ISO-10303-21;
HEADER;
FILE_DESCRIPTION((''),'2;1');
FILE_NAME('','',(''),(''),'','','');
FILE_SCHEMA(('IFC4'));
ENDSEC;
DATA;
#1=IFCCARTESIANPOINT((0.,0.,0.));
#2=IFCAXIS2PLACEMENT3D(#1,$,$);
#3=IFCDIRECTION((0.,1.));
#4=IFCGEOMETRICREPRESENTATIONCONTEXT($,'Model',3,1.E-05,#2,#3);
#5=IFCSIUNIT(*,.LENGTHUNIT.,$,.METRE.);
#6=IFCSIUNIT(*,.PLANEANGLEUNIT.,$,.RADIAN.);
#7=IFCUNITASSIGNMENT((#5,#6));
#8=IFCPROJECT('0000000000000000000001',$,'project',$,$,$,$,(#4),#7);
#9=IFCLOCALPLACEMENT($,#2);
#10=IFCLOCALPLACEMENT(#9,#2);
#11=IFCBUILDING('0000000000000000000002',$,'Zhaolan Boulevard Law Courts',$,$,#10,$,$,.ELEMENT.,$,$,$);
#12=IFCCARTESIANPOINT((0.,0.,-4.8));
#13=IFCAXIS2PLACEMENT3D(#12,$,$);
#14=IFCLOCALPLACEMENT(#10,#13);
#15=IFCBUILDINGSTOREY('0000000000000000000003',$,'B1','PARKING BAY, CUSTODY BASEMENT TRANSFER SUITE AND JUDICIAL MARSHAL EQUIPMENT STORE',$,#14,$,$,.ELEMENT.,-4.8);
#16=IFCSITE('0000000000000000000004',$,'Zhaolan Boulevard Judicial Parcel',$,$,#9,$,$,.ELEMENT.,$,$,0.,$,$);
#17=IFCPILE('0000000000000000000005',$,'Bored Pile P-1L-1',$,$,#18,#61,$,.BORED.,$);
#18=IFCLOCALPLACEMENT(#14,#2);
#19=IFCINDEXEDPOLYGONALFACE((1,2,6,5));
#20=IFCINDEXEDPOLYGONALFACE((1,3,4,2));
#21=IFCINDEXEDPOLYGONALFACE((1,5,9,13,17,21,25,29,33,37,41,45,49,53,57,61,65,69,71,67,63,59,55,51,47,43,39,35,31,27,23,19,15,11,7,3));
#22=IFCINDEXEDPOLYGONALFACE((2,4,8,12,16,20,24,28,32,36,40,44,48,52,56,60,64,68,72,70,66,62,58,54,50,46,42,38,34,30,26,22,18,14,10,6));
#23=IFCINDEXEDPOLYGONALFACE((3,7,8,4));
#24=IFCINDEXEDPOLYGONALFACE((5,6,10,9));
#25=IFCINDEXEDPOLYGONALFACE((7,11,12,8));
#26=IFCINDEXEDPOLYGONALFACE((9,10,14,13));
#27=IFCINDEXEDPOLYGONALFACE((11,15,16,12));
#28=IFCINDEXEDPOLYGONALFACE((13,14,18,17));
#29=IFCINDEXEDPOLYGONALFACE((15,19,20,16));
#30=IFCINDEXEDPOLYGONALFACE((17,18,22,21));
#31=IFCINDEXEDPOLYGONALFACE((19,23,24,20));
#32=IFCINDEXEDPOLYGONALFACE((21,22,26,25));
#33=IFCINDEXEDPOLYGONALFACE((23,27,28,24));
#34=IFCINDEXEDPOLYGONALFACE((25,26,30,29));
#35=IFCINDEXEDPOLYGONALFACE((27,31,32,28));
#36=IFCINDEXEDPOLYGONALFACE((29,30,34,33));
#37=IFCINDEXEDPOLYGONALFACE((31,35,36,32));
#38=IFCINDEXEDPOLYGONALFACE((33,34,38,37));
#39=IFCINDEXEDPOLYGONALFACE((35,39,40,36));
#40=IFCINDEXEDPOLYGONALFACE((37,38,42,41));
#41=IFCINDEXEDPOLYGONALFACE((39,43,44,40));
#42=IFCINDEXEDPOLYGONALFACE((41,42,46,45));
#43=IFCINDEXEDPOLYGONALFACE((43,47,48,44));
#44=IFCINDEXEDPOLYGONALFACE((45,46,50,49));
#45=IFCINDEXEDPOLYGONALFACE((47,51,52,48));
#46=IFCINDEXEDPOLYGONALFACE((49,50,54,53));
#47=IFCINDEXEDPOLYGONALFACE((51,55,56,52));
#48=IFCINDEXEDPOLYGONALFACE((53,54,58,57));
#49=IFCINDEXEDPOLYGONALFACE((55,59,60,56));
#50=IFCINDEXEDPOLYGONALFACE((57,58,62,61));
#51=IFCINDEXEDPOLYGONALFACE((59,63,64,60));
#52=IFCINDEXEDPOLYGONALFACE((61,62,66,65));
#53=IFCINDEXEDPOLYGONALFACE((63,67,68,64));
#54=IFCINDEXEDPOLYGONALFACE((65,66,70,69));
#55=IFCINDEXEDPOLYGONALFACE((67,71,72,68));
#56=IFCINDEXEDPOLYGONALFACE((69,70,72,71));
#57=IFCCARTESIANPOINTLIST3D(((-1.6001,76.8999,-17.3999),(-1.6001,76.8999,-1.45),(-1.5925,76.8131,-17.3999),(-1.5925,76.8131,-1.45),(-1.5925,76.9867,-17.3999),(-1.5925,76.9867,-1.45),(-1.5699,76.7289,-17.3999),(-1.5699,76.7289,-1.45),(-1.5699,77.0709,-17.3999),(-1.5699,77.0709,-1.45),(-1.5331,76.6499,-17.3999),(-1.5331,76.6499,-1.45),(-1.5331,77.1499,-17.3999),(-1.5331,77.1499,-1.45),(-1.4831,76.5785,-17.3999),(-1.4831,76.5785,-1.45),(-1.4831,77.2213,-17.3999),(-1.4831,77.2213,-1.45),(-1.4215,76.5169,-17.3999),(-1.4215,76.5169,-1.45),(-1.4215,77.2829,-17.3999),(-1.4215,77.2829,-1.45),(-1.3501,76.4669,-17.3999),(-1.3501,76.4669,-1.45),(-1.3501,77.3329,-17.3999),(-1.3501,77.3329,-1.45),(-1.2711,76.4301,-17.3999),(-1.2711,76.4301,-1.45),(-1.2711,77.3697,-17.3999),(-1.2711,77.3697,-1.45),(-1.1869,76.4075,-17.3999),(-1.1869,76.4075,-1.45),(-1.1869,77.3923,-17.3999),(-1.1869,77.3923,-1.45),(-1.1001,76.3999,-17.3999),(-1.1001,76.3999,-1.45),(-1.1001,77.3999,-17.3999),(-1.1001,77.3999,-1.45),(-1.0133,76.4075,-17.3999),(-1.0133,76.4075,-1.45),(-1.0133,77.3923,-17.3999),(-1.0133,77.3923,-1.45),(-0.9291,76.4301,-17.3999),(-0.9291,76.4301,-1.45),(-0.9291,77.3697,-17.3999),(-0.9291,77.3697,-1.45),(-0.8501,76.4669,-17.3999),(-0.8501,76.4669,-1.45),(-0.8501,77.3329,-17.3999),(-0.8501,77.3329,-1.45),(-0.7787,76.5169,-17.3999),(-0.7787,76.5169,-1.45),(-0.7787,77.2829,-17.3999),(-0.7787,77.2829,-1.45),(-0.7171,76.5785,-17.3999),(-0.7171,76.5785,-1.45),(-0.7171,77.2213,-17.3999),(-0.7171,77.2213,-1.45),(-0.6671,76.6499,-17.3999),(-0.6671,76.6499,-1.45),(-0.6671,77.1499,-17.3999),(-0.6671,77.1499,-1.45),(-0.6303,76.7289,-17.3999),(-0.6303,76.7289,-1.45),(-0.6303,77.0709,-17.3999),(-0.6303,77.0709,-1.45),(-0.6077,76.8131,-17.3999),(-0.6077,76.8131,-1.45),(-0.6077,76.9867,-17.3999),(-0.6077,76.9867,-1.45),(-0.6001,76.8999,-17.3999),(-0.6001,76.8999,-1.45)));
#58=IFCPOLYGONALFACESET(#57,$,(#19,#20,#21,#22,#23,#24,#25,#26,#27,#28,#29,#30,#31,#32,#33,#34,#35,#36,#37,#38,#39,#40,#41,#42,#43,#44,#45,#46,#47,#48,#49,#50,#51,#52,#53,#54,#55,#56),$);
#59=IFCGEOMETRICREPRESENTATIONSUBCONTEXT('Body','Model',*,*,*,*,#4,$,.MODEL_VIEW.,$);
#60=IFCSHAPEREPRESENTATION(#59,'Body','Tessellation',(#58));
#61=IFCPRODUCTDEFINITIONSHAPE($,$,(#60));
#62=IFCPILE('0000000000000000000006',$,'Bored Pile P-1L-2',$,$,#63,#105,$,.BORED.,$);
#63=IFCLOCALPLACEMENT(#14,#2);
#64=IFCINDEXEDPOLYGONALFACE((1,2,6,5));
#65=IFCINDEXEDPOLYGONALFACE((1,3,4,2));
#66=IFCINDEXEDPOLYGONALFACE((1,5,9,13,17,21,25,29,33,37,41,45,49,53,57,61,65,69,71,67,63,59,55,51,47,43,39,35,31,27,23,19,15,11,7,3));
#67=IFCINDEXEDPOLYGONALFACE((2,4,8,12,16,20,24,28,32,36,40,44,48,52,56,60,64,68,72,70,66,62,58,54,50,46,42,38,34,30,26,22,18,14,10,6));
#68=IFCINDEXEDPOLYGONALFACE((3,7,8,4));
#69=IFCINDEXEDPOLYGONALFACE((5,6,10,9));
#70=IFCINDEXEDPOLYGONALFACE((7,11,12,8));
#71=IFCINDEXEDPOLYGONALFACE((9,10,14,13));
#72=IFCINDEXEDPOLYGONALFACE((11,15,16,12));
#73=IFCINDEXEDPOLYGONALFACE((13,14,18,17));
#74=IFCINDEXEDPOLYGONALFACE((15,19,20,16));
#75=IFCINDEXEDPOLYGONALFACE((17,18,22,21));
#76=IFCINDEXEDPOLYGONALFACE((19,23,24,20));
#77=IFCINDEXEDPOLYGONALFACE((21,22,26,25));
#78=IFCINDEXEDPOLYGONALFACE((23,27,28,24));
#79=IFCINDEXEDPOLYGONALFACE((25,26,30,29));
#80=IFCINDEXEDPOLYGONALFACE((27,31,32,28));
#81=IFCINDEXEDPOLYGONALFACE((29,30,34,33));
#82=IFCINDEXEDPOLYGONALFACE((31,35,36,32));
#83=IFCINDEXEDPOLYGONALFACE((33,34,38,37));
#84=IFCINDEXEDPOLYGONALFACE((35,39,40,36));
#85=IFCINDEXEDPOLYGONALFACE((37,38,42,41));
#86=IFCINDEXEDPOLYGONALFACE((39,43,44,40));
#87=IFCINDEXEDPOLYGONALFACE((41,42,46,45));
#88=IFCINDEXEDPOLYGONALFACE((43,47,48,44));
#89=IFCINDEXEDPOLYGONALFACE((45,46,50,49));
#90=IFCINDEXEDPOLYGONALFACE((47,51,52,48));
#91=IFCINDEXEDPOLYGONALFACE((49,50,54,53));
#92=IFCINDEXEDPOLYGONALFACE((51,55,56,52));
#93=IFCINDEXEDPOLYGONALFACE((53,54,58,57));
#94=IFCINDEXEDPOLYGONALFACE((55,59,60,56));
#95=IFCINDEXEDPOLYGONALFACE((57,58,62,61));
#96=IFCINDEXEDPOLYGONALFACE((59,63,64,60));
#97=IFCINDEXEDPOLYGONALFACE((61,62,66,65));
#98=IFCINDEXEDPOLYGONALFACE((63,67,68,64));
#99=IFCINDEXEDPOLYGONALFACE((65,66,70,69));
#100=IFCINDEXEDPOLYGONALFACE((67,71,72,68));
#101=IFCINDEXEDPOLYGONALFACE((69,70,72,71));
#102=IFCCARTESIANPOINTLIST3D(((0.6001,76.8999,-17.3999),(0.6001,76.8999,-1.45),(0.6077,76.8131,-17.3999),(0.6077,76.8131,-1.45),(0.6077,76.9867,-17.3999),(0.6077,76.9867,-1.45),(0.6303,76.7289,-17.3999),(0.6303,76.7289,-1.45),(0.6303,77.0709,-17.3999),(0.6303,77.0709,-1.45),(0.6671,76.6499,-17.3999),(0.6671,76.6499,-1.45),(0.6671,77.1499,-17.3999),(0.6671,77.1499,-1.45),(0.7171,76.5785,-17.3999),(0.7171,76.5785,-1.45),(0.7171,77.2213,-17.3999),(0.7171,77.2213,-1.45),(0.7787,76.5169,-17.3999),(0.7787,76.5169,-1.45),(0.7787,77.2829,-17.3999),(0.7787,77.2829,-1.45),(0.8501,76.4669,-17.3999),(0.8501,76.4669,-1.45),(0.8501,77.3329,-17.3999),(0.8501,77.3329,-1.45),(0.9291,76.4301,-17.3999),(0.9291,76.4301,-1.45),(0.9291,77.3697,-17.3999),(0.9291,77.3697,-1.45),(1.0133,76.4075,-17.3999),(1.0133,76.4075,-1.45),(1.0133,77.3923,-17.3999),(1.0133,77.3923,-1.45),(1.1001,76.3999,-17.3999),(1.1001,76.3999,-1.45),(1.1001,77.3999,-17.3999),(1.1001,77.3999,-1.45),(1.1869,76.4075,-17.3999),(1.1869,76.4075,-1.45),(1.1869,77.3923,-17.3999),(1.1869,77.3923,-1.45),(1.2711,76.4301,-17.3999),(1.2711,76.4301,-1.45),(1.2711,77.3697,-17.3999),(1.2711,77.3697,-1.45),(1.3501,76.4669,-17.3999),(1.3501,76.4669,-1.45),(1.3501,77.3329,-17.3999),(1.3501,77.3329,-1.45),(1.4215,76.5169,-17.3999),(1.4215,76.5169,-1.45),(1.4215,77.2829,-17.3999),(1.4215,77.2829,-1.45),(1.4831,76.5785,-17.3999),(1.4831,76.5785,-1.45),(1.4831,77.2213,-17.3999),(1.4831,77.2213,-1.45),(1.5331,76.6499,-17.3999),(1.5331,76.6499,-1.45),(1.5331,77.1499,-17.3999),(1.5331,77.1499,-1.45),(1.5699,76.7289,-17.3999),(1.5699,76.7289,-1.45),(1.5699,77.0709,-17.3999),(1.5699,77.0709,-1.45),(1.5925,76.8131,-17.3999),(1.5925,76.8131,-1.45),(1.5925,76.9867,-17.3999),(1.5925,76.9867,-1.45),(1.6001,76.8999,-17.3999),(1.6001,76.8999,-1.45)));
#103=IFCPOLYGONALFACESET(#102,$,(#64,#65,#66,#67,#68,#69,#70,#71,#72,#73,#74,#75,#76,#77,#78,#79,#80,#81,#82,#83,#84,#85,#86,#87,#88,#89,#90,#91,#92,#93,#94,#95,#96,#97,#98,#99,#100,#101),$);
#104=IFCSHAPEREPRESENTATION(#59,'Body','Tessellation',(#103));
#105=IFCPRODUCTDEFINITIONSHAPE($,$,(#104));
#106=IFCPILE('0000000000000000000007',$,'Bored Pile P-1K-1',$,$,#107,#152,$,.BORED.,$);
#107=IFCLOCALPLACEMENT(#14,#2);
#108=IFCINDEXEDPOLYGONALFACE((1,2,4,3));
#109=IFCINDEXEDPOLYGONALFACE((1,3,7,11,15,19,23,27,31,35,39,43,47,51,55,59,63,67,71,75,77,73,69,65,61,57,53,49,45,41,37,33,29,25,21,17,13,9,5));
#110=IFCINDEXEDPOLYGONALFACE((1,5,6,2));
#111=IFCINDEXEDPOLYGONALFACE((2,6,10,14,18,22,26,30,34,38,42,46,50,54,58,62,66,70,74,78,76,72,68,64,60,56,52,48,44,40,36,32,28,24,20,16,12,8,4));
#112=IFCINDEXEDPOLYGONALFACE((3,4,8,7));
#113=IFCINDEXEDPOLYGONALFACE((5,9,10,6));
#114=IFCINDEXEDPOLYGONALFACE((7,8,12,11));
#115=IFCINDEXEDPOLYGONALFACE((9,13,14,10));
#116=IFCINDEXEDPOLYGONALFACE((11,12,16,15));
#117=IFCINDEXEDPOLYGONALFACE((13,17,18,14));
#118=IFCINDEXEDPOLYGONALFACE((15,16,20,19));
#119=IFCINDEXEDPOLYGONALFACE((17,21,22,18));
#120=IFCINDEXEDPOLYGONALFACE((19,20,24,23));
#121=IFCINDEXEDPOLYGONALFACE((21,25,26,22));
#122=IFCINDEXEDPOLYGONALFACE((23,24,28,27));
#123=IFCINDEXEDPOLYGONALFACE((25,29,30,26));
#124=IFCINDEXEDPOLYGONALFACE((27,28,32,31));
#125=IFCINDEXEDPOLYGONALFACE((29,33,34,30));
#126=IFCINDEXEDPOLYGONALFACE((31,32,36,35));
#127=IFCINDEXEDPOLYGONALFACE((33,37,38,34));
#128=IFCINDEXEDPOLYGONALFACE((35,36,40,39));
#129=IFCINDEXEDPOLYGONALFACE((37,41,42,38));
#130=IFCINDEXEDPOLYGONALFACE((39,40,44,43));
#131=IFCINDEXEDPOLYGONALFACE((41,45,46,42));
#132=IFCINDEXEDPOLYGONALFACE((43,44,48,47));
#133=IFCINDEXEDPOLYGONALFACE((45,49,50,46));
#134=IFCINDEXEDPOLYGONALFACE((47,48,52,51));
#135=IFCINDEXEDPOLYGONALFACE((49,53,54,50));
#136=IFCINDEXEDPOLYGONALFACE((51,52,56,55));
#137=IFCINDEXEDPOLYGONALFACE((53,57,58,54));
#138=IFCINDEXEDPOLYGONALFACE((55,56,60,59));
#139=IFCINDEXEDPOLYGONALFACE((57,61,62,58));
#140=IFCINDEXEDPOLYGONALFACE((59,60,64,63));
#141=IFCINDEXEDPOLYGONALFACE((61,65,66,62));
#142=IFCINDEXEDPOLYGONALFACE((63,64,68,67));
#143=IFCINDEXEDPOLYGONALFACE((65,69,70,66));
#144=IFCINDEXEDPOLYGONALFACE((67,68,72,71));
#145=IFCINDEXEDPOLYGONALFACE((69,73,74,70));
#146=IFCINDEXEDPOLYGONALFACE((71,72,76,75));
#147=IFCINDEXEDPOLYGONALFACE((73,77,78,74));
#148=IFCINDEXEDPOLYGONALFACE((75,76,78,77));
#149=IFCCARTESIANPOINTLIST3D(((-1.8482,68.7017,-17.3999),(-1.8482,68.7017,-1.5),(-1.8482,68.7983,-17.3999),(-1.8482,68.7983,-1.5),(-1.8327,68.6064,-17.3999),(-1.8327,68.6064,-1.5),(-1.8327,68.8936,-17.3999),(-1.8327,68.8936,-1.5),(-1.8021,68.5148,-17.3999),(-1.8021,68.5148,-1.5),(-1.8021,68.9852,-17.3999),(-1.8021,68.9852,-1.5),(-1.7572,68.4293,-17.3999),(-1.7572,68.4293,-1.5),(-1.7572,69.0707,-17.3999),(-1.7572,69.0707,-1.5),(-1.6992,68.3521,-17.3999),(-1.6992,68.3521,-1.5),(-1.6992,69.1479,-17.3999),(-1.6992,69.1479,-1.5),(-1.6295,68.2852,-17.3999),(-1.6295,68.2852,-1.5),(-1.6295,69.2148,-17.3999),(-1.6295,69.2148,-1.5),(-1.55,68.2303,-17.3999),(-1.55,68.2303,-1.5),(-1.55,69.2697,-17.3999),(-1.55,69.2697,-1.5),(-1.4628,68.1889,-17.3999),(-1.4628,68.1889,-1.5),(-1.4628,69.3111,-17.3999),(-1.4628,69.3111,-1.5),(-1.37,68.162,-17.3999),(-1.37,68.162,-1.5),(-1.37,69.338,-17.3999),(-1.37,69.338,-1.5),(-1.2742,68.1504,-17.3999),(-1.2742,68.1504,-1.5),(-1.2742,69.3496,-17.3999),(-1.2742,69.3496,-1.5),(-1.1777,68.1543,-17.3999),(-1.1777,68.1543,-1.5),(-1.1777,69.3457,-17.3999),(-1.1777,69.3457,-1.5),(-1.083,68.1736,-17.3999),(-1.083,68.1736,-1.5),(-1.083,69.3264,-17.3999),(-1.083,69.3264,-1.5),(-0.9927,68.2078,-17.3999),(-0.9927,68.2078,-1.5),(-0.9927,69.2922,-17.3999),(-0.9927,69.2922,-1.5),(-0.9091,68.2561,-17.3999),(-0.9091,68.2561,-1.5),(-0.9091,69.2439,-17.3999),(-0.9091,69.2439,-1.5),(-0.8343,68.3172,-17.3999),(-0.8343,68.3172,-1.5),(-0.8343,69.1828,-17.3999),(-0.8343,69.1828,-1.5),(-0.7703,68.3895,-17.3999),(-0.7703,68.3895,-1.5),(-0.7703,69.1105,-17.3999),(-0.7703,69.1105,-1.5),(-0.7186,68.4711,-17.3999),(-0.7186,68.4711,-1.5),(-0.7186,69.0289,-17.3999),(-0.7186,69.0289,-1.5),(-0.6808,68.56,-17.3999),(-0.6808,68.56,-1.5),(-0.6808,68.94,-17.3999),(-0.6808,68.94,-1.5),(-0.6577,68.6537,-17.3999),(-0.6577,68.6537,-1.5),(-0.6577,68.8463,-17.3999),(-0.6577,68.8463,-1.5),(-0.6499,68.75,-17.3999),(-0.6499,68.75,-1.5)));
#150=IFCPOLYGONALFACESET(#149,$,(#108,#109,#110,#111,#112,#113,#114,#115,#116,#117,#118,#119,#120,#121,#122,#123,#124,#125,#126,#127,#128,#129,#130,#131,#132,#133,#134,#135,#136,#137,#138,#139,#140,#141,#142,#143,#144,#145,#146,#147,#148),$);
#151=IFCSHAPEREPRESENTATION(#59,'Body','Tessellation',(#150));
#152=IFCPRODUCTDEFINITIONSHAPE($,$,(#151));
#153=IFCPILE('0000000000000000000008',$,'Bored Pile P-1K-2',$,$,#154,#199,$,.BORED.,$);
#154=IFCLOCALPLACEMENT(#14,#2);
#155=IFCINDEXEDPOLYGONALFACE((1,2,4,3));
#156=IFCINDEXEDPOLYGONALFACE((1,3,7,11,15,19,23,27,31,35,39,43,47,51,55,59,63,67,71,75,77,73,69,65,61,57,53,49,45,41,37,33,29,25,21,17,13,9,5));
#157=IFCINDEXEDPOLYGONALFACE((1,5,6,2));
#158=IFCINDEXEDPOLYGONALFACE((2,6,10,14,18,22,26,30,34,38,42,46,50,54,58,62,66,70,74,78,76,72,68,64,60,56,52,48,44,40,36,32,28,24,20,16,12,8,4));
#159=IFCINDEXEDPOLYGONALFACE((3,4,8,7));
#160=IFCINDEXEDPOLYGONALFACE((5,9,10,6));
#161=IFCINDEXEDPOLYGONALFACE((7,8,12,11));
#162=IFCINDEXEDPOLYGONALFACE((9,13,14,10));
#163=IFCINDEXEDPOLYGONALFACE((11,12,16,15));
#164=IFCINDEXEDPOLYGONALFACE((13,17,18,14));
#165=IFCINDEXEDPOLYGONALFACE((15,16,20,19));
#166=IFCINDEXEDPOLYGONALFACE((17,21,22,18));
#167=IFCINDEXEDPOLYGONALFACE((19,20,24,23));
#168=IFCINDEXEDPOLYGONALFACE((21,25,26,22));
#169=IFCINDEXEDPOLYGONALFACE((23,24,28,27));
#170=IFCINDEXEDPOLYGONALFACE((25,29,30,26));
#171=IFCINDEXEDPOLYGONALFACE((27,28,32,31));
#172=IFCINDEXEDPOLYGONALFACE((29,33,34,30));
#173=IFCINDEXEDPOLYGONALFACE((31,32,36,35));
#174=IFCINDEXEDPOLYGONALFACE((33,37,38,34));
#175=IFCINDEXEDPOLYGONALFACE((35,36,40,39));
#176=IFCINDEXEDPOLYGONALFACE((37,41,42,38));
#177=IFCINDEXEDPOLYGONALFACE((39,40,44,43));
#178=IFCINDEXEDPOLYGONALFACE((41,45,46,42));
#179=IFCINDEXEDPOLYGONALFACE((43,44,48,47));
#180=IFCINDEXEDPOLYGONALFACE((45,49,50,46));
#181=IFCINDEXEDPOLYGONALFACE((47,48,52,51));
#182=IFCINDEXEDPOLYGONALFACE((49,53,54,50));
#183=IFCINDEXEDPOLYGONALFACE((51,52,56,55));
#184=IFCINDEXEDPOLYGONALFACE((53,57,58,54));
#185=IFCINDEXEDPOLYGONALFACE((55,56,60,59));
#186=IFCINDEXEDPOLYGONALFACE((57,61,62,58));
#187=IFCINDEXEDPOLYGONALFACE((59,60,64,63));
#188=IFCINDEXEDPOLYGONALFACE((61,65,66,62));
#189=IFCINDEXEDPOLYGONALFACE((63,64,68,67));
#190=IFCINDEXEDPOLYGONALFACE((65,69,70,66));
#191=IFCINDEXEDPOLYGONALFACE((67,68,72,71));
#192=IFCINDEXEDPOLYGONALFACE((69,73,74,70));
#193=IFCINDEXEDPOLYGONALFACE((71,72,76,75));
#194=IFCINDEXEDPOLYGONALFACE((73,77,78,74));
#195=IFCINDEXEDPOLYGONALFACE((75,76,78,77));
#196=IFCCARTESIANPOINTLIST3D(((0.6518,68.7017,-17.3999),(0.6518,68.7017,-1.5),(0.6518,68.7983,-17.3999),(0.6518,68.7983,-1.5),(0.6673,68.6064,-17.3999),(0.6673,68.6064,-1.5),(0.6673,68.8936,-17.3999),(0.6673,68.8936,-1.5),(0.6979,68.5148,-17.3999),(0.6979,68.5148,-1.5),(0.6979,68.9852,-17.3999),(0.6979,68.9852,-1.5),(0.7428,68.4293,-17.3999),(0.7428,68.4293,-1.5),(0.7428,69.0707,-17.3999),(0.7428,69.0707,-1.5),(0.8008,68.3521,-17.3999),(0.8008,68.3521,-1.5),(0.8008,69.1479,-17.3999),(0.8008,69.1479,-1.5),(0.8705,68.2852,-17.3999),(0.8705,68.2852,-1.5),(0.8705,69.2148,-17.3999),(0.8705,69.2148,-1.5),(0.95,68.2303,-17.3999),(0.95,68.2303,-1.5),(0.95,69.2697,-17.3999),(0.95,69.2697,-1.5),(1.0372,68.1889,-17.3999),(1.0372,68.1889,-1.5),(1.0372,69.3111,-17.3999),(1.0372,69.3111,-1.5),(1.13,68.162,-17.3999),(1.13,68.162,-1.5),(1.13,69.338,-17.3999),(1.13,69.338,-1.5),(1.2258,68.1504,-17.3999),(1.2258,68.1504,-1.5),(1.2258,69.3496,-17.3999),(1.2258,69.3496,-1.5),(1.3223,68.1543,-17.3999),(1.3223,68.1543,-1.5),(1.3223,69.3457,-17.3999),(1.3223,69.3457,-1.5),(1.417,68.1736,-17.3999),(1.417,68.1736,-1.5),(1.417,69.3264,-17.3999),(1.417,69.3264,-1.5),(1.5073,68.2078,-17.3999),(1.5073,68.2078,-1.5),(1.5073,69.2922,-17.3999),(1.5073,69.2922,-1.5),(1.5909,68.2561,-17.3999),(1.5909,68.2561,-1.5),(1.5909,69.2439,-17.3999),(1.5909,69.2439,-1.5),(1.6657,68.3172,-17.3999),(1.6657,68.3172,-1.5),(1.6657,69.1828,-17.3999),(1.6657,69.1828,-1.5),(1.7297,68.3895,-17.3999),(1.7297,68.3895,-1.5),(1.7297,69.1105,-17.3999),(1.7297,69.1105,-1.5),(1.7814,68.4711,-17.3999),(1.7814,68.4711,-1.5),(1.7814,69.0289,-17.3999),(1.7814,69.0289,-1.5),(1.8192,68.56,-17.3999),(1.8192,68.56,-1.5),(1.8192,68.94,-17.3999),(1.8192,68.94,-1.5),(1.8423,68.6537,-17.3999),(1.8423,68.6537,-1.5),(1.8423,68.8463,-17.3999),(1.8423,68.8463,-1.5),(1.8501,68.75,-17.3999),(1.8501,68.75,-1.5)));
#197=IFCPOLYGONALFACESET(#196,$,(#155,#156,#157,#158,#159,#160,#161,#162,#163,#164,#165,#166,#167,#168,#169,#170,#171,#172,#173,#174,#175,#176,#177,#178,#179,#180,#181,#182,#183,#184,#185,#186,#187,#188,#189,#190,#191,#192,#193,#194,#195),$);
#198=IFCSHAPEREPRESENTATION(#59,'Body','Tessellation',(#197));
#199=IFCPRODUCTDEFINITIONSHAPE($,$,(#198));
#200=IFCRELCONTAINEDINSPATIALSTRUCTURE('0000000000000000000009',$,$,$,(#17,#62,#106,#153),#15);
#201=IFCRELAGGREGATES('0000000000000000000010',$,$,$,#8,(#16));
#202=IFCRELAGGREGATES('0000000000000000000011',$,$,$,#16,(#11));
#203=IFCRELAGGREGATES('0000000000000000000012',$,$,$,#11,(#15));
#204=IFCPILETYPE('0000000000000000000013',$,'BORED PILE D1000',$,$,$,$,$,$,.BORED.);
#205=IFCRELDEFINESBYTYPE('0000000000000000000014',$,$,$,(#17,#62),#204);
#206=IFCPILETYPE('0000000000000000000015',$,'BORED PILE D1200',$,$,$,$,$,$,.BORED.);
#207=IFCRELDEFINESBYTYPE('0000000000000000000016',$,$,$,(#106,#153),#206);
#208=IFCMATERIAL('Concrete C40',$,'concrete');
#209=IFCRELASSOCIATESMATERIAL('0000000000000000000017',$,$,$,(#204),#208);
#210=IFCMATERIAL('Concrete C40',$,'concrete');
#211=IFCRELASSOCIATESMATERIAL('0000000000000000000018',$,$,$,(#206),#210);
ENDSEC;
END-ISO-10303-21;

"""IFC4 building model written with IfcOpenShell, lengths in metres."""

from ifc_helpers import new_model, si_unit, direction, frame, origin, origin_2d, place, context, subcontext, project, spatial, circle, extrude, material, material_profile, profile_set, type_object, element, save


model = new_model("IFC4")

# Units and contexts
model_context = context("Model", 3, precision=1e-05, world=origin(), true_north=direction((0.0, 1.0)))
body_context = subcontext(model_context, "Body", "Model", "MODEL_VIEW")
ifc_project = project(units=[si_unit("LENGTHUNIT", "METRE"), si_unit("PLANEANGLEUNIT", "RADIAN")], contexts=[model_context])

# Site, building, storey
site_placement = place(None, origin())
site = spatial("IfcSite", under=ifc_project, at=site_placement, Name="Zhaolan Boulevard Judicial Parcel", CompositionType="ELEMENT", RefElevation=0.0)
building_placement = place(site_placement, origin())
building = spatial("IfcBuilding", under=site, at=building_placement, Name="Zhaolan Boulevard Law Courts", CompositionType="ELEMENT")
storey_placement = place(building_placement, frame((0.0, 0.0, -4.8)))
storey = spatial("IfcBuildingStorey", under=building, at=storey_placement, Name="B1", Description="PARKING BAY, CUSTODY BASEMENT TRANSFER SUITE AND JUDICIAL MARSHAL EQUIPMENT STORE", CompositionType="ELEMENT", Elevation=-4.8)

# Piles
ifc_material_1 = material(Name="Concrete C40", Category="concrete")
ifc_material_profile_1 = material_profile(ifc_material_1, circle(Radius=0.5, at=origin_2d()), Name="PILE-D1000")
ifc_profile_set_1 = profile_set([ifc_material_profile_1], Name="Concrete C40")
pile_type_1 = type_object("IfcPileType", Name="BORED PILE D1000", PredefinedType="BORED", material=ifc_profile_set_1)
for number, where, z_axis, x_axis, name in (
    (1, (-1.1001, 76.8999, -1.45), (0.0, 0.0, -1.0), (1.0, 0.0, 0.0), "Bored Pile P-1L-1"),
    (2, (1.1001, 76.8999, -1.45), (0.0, 0.0, -1.0), (1.0, 0.0, 0.0), "Bored Pile P-1L-2"),
):
    element("IfcPile", number, at=place(storey_placement, frame(where, z_axis=z_axis, x_axis=x_axis)), inside=storey, type_object=pile_type_1, Name=name, PredefinedType="BORED", context=body_context, shape_type="SweptSolid", body=[
        extrude(circle(Radius=0.5, at=origin_2d()), origin(), (0.0, 0.0, 1.0), 15.95),
    ])
ifc_material_2 = material(Name="Concrete C40", Category="concrete")
ifc_material_profile_2 = material_profile(ifc_material_2, circle(Radius=0.6001, at=origin_2d()), Name="PILE-D1200")
ifc_profile_set_2 = profile_set([ifc_material_profile_2], Name="Concrete C40")
pile_type_2 = type_object("IfcPileType", Name="BORED PILE D1200", PredefinedType="BORED", material=ifc_profile_set_2)
for number, where, z_axis, x_axis, name in (
    (3, (-1.25, 68.75, -1.5), (0.0, 0.0, -1.0), (1.0, 0.0, 0.0), "Bored Pile P-1K-1"),
    (4, (1.25, 68.75, -1.5), (0.0, 0.0, -1.0), (1.0, 0.0, 0.0), "Bored Pile P-1K-2"),
):
    element("IfcPile", number, at=place(storey_placement, frame(where, z_axis=z_axis, x_axis=x_axis)), inside=storey, type_object=pile_type_2, Name=name, PredefinedType="BORED", context=body_context, shape_type="SweptSolid", body=[
        extrude(circle(Radius=0.6001, at=origin_2d()), origin(), (0.0, 0.0, 1.0), 15.8999),
    ])

save(model, "model.ifc")
